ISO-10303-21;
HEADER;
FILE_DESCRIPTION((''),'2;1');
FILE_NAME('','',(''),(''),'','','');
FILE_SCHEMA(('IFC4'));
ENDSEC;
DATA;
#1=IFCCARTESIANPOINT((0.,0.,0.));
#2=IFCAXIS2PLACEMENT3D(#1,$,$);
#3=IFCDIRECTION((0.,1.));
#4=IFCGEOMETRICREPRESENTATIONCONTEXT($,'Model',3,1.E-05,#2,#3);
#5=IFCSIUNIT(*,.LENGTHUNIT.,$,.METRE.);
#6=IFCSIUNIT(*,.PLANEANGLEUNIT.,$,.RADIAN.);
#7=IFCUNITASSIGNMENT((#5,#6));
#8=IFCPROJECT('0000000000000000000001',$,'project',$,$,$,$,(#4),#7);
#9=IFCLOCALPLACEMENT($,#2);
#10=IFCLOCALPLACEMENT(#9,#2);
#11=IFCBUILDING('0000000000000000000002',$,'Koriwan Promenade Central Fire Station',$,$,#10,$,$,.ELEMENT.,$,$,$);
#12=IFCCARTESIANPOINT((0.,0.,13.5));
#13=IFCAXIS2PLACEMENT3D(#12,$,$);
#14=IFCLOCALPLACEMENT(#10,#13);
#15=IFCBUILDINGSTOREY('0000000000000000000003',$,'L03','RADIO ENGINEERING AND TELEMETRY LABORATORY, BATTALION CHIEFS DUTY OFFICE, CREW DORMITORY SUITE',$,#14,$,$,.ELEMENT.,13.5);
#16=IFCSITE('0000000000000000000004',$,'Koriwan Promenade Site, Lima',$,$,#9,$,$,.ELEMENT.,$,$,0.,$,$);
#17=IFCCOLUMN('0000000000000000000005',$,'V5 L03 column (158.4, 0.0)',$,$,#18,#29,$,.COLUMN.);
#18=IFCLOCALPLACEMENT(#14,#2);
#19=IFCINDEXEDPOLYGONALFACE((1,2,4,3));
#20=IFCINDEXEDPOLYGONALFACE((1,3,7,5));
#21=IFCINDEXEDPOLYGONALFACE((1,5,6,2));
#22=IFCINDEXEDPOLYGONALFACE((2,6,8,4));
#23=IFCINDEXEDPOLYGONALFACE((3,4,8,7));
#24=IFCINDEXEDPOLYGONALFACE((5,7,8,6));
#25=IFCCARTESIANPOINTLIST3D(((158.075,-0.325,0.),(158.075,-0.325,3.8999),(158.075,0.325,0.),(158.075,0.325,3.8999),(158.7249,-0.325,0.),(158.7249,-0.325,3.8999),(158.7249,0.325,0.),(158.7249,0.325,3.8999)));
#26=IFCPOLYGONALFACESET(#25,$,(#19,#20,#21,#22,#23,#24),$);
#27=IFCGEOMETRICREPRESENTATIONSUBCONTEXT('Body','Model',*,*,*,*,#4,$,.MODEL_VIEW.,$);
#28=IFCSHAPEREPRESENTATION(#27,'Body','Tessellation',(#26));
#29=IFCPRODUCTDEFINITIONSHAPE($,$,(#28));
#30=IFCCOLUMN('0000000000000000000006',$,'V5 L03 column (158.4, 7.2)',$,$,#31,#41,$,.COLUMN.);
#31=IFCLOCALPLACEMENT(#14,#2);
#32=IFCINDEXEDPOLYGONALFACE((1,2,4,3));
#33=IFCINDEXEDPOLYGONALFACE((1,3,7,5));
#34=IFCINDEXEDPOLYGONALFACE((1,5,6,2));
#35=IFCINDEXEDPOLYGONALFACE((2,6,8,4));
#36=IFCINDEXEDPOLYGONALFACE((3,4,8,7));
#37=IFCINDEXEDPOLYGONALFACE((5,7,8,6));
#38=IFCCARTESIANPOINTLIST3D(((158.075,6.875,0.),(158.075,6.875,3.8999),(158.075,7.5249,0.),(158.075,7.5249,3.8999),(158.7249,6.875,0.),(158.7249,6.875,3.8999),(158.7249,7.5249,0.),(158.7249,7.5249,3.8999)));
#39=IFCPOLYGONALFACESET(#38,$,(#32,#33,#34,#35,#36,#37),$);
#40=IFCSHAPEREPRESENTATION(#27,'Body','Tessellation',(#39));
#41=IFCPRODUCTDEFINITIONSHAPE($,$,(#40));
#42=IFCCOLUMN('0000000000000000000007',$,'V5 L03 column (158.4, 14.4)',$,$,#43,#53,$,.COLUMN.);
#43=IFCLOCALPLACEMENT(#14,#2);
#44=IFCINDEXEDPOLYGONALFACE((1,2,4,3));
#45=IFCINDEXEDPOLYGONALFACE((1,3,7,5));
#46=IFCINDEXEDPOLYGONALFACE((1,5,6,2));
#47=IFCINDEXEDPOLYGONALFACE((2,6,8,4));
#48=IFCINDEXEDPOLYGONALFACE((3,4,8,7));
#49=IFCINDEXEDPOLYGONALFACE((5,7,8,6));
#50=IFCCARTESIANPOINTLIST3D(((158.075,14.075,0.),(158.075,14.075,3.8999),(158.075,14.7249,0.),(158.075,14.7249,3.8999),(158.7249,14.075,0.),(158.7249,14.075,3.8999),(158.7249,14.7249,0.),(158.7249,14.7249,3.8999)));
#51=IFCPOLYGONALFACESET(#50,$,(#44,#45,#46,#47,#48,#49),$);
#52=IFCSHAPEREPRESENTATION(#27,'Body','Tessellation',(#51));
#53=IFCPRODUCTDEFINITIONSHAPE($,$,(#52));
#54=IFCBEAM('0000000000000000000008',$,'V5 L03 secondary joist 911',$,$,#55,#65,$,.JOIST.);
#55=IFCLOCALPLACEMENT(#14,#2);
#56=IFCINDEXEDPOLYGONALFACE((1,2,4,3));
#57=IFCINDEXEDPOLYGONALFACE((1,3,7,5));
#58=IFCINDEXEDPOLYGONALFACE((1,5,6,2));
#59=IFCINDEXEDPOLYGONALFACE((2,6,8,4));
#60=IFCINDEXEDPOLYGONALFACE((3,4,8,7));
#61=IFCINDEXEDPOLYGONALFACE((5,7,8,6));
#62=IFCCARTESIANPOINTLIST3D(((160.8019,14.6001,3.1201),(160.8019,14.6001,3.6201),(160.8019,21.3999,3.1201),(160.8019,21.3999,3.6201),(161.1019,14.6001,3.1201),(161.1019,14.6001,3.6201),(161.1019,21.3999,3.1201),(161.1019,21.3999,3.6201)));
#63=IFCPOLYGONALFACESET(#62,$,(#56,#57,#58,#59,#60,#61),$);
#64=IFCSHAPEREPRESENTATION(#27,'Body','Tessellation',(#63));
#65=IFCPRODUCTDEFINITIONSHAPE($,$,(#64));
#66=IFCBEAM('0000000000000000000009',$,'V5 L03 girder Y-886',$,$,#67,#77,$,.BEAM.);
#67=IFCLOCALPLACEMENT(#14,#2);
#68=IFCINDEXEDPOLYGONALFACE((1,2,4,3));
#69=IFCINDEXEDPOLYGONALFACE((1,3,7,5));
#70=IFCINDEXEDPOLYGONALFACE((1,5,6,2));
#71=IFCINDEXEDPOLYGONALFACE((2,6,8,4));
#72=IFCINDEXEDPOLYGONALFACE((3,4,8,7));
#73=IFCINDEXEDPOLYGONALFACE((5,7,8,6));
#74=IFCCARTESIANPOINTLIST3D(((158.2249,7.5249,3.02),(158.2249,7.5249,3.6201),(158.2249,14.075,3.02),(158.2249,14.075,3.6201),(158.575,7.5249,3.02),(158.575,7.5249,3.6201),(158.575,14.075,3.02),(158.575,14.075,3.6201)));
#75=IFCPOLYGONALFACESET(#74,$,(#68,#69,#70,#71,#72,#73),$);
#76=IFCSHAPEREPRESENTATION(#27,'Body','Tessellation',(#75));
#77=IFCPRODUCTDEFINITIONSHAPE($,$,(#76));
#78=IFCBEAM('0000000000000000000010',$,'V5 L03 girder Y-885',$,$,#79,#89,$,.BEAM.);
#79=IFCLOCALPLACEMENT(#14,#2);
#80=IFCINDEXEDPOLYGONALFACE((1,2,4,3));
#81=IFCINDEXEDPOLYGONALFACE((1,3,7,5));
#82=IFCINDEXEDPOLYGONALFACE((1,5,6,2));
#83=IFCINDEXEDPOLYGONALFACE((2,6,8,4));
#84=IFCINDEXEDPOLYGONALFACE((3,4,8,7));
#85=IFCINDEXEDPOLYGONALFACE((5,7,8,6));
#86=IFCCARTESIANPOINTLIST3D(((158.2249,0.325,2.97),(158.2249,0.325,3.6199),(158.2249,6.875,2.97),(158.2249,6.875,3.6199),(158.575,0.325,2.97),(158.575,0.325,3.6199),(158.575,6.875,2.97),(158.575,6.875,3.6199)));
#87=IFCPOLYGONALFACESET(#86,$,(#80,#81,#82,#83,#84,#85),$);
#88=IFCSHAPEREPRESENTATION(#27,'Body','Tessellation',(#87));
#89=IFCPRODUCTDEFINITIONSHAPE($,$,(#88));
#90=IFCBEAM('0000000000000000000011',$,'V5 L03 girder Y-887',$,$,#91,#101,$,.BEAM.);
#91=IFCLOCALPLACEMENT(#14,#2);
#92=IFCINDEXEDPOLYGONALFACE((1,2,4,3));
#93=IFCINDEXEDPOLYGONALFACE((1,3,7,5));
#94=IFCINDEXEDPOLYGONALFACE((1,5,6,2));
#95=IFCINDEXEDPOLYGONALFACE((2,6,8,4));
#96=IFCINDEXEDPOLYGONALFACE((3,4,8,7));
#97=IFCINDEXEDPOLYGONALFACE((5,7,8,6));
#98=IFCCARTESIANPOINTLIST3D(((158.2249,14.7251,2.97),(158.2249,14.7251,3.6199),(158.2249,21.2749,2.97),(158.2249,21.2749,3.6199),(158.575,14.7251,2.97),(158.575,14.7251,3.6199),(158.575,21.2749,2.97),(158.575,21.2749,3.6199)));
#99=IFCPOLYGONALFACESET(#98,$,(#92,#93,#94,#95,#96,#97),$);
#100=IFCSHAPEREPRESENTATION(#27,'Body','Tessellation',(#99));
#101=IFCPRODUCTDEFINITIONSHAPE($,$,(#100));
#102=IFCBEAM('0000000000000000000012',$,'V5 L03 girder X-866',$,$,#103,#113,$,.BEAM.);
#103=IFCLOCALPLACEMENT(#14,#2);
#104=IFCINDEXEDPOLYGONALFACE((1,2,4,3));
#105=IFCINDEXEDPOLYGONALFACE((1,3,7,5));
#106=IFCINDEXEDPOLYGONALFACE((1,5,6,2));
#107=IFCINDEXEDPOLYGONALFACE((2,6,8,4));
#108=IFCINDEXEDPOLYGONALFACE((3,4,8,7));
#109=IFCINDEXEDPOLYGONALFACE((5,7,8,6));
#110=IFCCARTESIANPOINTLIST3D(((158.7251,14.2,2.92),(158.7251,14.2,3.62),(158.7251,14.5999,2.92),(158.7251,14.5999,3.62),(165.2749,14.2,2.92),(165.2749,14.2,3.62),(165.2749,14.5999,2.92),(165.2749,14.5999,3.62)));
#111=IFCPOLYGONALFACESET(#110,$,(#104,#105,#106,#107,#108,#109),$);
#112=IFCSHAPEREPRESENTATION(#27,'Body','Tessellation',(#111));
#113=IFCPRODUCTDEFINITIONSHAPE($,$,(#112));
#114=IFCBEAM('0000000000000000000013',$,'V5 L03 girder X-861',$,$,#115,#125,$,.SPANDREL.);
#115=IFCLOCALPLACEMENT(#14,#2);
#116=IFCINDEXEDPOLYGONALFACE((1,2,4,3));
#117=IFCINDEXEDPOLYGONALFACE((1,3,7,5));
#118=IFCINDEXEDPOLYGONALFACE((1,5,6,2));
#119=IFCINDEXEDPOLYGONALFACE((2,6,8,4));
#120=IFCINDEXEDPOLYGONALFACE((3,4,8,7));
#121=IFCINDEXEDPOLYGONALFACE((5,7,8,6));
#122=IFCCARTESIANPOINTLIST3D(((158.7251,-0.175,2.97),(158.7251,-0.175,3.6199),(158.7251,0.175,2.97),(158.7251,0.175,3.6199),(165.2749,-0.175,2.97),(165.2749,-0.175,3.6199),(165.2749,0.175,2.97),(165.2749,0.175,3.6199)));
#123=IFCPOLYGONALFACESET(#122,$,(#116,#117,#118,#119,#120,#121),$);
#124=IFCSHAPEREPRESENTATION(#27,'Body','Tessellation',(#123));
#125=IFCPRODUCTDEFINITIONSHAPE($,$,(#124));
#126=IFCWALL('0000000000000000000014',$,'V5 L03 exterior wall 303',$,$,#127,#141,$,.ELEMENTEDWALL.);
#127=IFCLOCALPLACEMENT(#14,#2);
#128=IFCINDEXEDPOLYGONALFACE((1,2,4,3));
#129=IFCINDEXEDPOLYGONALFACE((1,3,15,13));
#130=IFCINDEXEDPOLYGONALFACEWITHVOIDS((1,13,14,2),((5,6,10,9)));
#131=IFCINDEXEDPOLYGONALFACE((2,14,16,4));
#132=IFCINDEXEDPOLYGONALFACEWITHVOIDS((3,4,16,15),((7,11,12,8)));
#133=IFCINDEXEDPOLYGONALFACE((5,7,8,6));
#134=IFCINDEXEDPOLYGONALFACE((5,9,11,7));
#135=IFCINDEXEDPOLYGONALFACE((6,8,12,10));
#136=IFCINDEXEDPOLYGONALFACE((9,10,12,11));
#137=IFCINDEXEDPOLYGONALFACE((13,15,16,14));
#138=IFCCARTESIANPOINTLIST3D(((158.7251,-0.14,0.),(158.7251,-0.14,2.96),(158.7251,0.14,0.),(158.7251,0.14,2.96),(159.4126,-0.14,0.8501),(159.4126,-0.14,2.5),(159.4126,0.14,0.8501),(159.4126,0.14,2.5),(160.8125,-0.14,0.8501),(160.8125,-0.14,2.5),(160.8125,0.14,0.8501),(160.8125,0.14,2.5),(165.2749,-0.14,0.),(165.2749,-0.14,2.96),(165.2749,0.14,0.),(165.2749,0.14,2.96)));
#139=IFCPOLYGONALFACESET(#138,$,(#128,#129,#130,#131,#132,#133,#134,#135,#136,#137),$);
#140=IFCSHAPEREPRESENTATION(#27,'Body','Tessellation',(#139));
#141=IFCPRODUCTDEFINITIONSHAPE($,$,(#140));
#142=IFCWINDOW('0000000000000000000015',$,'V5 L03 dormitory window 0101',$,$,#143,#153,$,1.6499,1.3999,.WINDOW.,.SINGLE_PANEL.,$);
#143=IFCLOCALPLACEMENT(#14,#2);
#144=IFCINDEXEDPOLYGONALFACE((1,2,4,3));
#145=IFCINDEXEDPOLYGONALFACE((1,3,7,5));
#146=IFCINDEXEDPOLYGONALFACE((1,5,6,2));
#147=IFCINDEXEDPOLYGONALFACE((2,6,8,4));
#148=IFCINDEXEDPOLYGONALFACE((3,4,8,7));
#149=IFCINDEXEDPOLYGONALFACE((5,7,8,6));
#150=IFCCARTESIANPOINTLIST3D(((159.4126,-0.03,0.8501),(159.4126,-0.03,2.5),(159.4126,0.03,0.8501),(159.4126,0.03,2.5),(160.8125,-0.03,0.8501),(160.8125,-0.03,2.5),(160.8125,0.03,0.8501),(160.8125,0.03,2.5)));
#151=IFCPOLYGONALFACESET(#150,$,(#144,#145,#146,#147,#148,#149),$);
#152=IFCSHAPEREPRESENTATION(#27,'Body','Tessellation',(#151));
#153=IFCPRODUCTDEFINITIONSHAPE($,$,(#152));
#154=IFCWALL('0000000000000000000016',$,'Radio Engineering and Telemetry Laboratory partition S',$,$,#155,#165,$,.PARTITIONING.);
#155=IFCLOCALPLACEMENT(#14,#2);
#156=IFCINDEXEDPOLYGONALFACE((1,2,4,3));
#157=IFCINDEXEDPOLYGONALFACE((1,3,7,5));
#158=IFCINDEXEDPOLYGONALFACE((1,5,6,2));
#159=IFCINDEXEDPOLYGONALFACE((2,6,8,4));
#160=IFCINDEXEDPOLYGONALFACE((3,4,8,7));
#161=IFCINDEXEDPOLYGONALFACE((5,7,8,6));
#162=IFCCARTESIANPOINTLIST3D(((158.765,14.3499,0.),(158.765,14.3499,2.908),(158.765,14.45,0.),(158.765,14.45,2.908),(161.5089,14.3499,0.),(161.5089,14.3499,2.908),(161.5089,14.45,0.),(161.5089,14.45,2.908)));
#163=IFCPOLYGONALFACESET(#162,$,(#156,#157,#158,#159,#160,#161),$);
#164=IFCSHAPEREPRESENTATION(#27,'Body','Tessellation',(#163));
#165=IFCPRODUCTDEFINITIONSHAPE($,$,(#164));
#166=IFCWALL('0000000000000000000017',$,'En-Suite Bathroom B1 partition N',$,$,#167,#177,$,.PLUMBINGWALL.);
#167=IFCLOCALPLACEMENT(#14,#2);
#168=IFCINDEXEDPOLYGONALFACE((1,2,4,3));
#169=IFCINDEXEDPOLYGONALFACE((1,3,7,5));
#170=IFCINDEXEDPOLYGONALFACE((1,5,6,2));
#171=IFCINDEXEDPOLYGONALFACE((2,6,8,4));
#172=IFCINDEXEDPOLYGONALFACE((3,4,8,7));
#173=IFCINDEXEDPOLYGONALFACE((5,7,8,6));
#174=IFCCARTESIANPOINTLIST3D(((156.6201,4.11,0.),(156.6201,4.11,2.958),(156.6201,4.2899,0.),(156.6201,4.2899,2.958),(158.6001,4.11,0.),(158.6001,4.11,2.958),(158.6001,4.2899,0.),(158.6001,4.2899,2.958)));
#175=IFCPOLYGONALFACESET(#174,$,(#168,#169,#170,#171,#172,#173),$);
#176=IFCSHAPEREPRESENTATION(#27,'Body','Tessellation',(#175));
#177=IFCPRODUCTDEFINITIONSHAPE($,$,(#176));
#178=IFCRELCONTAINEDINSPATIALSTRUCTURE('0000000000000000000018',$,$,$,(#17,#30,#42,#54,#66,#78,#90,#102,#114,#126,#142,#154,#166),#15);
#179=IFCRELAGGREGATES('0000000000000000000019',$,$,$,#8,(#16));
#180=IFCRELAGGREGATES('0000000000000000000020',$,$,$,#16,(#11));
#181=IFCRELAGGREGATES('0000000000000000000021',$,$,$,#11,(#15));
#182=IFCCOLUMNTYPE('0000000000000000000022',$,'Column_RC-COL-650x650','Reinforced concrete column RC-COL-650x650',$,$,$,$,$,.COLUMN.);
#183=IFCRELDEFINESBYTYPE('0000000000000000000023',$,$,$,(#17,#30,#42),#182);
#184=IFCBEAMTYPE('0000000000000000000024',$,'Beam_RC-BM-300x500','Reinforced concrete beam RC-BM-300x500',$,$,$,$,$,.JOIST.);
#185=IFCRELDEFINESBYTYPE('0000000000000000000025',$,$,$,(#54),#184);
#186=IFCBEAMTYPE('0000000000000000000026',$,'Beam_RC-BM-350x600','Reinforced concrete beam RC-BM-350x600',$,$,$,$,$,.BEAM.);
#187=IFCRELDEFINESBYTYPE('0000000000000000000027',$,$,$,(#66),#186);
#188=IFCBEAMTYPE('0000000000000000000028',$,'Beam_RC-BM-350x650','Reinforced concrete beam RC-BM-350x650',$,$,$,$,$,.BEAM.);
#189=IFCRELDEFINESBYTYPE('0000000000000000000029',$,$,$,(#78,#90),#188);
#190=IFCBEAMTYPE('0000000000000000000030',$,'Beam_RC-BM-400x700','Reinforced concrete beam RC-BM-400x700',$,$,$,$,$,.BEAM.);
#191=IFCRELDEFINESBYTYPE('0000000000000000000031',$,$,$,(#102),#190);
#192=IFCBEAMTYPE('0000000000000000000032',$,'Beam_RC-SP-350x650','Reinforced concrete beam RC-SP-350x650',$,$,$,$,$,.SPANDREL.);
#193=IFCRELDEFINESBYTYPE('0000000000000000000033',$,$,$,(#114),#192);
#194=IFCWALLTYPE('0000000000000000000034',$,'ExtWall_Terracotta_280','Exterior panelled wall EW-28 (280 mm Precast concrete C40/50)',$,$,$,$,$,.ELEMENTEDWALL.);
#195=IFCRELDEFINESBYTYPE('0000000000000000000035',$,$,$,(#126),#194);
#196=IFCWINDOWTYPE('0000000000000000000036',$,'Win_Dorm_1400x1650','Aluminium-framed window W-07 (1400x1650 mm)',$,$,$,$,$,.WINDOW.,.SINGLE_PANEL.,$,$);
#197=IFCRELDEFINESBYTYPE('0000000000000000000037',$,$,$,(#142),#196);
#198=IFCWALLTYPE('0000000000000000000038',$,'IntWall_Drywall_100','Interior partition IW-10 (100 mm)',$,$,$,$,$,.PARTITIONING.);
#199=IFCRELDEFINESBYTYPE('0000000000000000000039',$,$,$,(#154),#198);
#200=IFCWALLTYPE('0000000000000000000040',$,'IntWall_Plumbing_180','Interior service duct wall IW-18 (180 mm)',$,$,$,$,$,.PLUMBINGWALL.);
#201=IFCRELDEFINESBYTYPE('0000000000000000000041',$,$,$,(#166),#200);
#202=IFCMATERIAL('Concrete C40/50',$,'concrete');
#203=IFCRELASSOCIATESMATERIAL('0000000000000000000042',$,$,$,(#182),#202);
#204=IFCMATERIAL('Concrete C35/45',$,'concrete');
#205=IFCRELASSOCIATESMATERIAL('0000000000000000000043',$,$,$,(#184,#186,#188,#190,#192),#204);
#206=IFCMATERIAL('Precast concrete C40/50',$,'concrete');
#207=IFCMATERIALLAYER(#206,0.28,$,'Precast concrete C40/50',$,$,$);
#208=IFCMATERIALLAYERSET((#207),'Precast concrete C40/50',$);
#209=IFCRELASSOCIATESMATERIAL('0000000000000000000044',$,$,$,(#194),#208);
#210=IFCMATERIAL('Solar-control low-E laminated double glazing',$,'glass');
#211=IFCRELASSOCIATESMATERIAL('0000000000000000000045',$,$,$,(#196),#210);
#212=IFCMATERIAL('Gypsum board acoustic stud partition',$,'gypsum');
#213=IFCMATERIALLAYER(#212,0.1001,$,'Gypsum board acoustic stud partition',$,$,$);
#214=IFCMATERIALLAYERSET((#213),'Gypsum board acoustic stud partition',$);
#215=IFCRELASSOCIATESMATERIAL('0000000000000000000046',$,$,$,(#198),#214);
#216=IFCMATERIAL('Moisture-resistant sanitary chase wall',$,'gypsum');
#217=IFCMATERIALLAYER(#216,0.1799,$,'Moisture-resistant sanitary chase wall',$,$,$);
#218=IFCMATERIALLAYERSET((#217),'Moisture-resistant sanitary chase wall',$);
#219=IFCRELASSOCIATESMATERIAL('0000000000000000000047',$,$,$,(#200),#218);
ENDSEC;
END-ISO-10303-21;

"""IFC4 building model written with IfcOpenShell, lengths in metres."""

from ifc_helpers import new_model, si_unit, direction, frame, frame_2d, origin, origin_2d, place, context, subcontext, project, spatial, rectangle, extrude, material, layer, layer_set, material_profile, profile_set, type_object, element, fill, save


model = new_model("IFC4")

# Units and contexts
model_context = context("Model", 3, precision=1e-05, world=origin(), true_north=direction((0.0, 1.0)))
body_context = subcontext(model_context, "Body", "Model", "MODEL_VIEW")
ifc_project = project(units=[si_unit("LENGTHUNIT", "METRE"), si_unit("PLANEANGLEUNIT", "RADIAN")], contexts=[model_context])

# Site, building, storey
site_placement = place(None, origin())
site = spatial("IfcSite", under=ifc_project, at=site_placement, Name="Koriwan Promenade Site, Lima", CompositionType="ELEMENT", RefElevation=0.0)
building_placement = place(site_placement, origin())
building = spatial("IfcBuilding", under=site, at=building_placement, Name="Koriwan Promenade Central Fire Station", CompositionType="ELEMENT")
storey_placement = place(building_placement, frame((0.0, 0.0, 13.5)))
storey = spatial("IfcBuildingStorey", under=building, at=storey_placement, Name="L03", Description="RADIO ENGINEERING AND TELEMETRY LABORATORY, BATTALION CHIEFS DUTY OFFICE, CREW DORMITORY SUITE", CompositionType="ELEMENT", Elevation=13.5)

# Columns
ifc_material_1 = material(Name="Concrete C40/50", Category="concrete")
ifc_material_profile_1 = material_profile(ifc_material_1, rectangle(XDim=0.6499, YDim=0.6499, at=origin_2d()), Name="RC-COL-650x650")
ifc_profile_set_1 = profile_set([ifc_material_profile_1], Name="Concrete C40/50")
column_type = type_object("IfcColumnType", Name="Column_RC-COL-650x650", Description="Reinforced concrete column RC-COL-650x650", PredefinedType="COLUMN", material=ifc_profile_set_1)
for number, where, z_axis, x_axis, name in (
    (1, (158.3999, 0.0, 0.0), (0.0, 0.0, 1.0), (1.0, 0.0, 0.0), "V5 L03 column (158.4, 0.0)"),
    (2, (158.3999, 7.2, 0.0), (0.0, 0.0, 1.0), (1.0, 0.0, 0.0), "V5 L03 column (158.4, 7.2)"),
    (3, (158.3999, 14.3999, 0.0), (0.0, 0.0, 1.0), (1.0, 0.0, 0.0), "V5 L03 column (158.4, 14.4)"),
):
    element("IfcColumn", number, at=place(storey_placement, frame(where, z_axis=z_axis, x_axis=x_axis)), inside=storey, type_object=column_type, Name=name, PredefinedType="COLUMN", context=body_context, shape_type="SweptSolid", body=[
        extrude(rectangle(XDim=0.6499, YDim=0.6499, at=origin_2d()), origin(), (0.0, 0.0, 1.0), 3.8999),
    ])

# Beams
ifc_material_2 = material(Name="Concrete C35/45", Category="concrete")
ifc_material_profile_2 = material_profile(ifc_material_2, rectangle(XDim=0.3, YDim=0.5, at=origin_2d()), Name="RC-BM-300x500")
ifc_profile_set_2 = profile_set([ifc_material_profile_2], Name="Concrete C35/45")
beam_type_1 = type_object("IfcBeamType", Name="Beam_RC-BM-300x500", Description="Reinforced concrete beam RC-BM-300x500", PredefinedType="JOIST", material=ifc_profile_set_2)
beam_1_placement = place(storey_placement, frame((160.9519, 14.6001, 3.3701), z_axis=(0.0, 1.0, 0.0), x_axis=(-1.0, 0.0, 0.0)))
element("IfcBeam", 4, at=beam_1_placement, inside=storey, type_object=beam_type_1, Name="V5 L03 secondary joist 911", PredefinedType="JOIST", context=body_context, shape_type="SweptSolid", body=[
    extrude(rectangle(XDim=0.3, YDim=0.5, at=origin_2d()), origin(), (0.0, 0.0, 1.0), 6.7998),
])
ifc_material_profile_3 = material_profile(ifc_material_2, rectangle(XDim=0.3501, YDim=0.6001, at=origin_2d()), Name="RC-BM-350x600")
ifc_profile_set_3 = profile_set([ifc_material_profile_3], Name="Concrete C35/45")
beam_type_2 = type_object("IfcBeamType", Name="Beam_RC-BM-350x600", Description="Reinforced concrete beam RC-BM-350x600", PredefinedType="BEAM", material=ifc_profile_set_3)
beam_2_placement = place(storey_placement, frame((158.3999, 7.5249, 3.3201), z_axis=(0.0, 1.0, 0.0), x_axis=(-1.0, 0.0, 0.0)))
element("IfcBeam", 5, at=beam_2_placement, inside=storey, type_object=beam_type_2, Name="V5 L03 girder Y-886", PredefinedType="BEAM", context=body_context, shape_type="SweptSolid", body=[
    extrude(rectangle(XDim=0.3501, YDim=0.6001, at=origin_2d()), origin(), (0.0, 0.0, 1.0), 6.55),
])
ifc_material_profile_4 = material_profile(ifc_material_2, rectangle(XDim=0.3501, YDim=0.6499, at=origin_2d()), Name="RC-BM-350x650")
ifc_profile_set_4 = profile_set([ifc_material_profile_4], Name="Concrete C35/45")
beam_type_3 = type_object("IfcBeamType", Name="Beam_RC-BM-350x650", Description="Reinforced concrete beam RC-BM-350x650", PredefinedType="BEAM", material=ifc_profile_set_4)
beam_3_placement = place(storey_placement, frame((158.3999, 0.325, 3.2949), z_axis=(0.0, 1.0, 0.0), x_axis=(-1.0, 0.0, 0.0)))
element("IfcBeam", 6, at=beam_3_placement, inside=storey, type_object=beam_type_3, Name="V5 L03 girder Y-885", PredefinedType="BEAM", context=body_context, shape_type="SweptSolid", body=[
    extrude(rectangle(XDim=0.3501, YDim=0.6499, at=origin_2d()), origin(), (0.0, 0.0, 1.0), 6.55),
])
beam_4_placement = place(storey_placement, frame((158.3999, 14.7251, 3.2949), z_axis=(0.0, 1.0, 0.0), x_axis=(-1.0, 0.0, 0.0)))
element("IfcBeam", 7, at=beam_4_placement, inside=storey, type_object=beam_type_3, Name="V5 L03 girder Y-887", PredefinedType="BEAM", context=body_context, shape_type="SweptSolid", body=[
    extrude(rectangle(XDim=0.3501, YDim=0.6499, at=origin_2d()), origin(), (0.0, 0.0, 1.0), 6.5498),
])
ifc_material_profile_5 = material_profile(ifc_material_2, rectangle(XDim=0.3999, YDim=0.7, at=origin_2d()), Name="RC-BM-400x700")
ifc_profile_set_5 = profile_set([ifc_material_profile_5], Name="Concrete C35/45")
beam_type_4 = type_object("IfcBeamType", Name="Beam_RC-BM-400x700", Description="Reinforced concrete beam RC-BM-400x700", PredefinedType="BEAM", material=ifc_profile_set_5)
beam_5_placement = place(storey_placement, frame((158.7251, 14.3999, 3.27), z_axis=(1.0, 0.0, 0.0), x_axis=(0.0, 1.0, 0.0)))
element("IfcBeam", 8, at=beam_5_placement, inside=storey, type_object=beam_type_4, Name="V5 L03 girder X-866", PredefinedType="BEAM", context=body_context, shape_type="SweptSolid", body=[
    extrude(rectangle(XDim=0.3999, YDim=0.7, at=origin_2d()), origin(), (0.0, 0.0, 1.0), 6.5498),
])
ifc_material_profile_6 = material_profile(ifc_material_2, rectangle(XDim=0.3501, YDim=0.6499, at=origin_2d()), Name="RC-SP-350x650")
ifc_profile_set_6 = profile_set([ifc_material_profile_6], Name="Concrete C35/45")
beam_type_5 = type_object("IfcBeamType", Name="Beam_RC-SP-350x650", Description="Reinforced concrete beam RC-SP-350x650", PredefinedType="SPANDREL", material=ifc_profile_set_6)
beam_6_placement = place(storey_placement, frame((158.7251, 0.0, 3.2949), z_axis=(1.0, 0.0, 0.0), x_axis=(0.0, 1.0, 0.0)))
element("IfcBeam", 9, at=beam_6_placement, inside=storey, type_object=beam_type_5, Name="V5 L03 girder X-861", PredefinedType="SPANDREL", context=body_context, shape_type="SweptSolid", body=[
    extrude(rectangle(XDim=0.3501, YDim=0.6499, at=origin_2d()), origin(), (0.0, 0.0, 1.0), 6.5498),
])

# Wall, opening, window
ifc_material_3 = material(Name="Precast concrete C40/50", Category="concrete")
ifc_layer_1 = layer(ifc_material_3, 0.28, Name="Precast concrete C40/50")
ifc_layer_set_1 = layer_set([ifc_layer_1], Name="Precast concrete C40/50")
wall_type_1 = type_object("IfcWallType", Name="ExtWall_Terracotta_280", Description="Exterior panelled wall EW-28 (280 mm Precast concrete C40/50)", PredefinedType="ELEMENTEDWALL", material=ifc_layer_set_1)
wall_1_placement = place(storey_placement, frame((158.7251, 0.0, 0.0), z_axis=(0.0, 0.0, 1.0), x_axis=(1.0, 0.0, 0.0)))
wall_1 = element("IfcWall", 10, at=wall_1_placement, inside=storey, type_object=wall_type_1, Name="V5 L03 exterior wall 303", PredefinedType="ELEMENTEDWALL", context=body_context, shape_type="SweptSolid", body=[
    extrude(rectangle(XDim=6.5498, YDim=0.28, at=frame_2d((3.2749, 0.0))), origin(), (0.0, 0.0, 1.0), 2.96),
])
opening_1_placement = place(wall_1_placement, frame((0.6875, 0.0, 0.8501)))
opening_1 = element("IfcOpeningElement", 11, at=opening_1_placement, cuts=wall_1, PredefinedType="OPENING", context=body_context, shape_type="SweptSolid", body=[
    extrude(rectangle(XDim=1.3999, YDim=1.6499, at=frame_2d((0.7, 0.825))), frame((0.0, 0.1519, 0.0), z_axis=(0.0, -1.0, 0.0), x_axis=(1.0, 0.0, 0.0)), (0.0, 0.0, 1.0), 0.304),
])
ifc_material_4 = material(Name="Solar-control low-E laminated double glazing", Category="glass")
window_type = type_object("IfcWindowType", Name="Win_Dorm_1400x1650", Description="Aluminium-framed window W-07 (1400x1650 mm)", PartitioningType="SINGLE_PANEL", PredefinedType="WINDOW", material=ifc_material_4)
window_placement = place(opening_1_placement, origin())
window = element("IfcWindow", 12, at=window_placement, inside=storey, type_object=window_type, Name="V5 L03 dormitory window 0101", OverallHeight=1.6499, OverallWidth=1.3999, PartitioningType="SINGLE_PANEL", PredefinedType="WINDOW", context=body_context, shape_type="SweptSolid", body=[
    extrude(rectangle(XDim=1.3999, YDim=1.6499, at=frame_2d((0.7, 0.825))), frame((0.0, 0.03, 0.0), z_axis=(0.0, -1.0, 0.0), x_axis=(1.0, 0.0, 0.0)), (0.0, 0.0, 1.0), 0.0601),
])
fill(opening_1, window)

# Walls
ifc_material_5 = material(Name="Gypsum board acoustic stud partition", Category="gypsum")
ifc_layer_2 = layer(ifc_material_5, 0.1001, Name="Gypsum board acoustic stud partition")
ifc_layer_set_2 = layer_set([ifc_layer_2], Name="Gypsum board acoustic stud partition")
wall_type_2 = type_object("IfcWallType", Name="IntWall_Drywall_100", Description="Interior partition IW-10 (100 mm)", PredefinedType="PARTITIONING", material=ifc_layer_set_2)
wall_2_placement = place(storey_placement, frame((158.7649, 14.3999, 0.0), z_axis=(0.0, 0.0, 1.0), x_axis=(1.0, 0.0, 0.0)))
element("IfcWall", 13, at=wall_2_placement, inside=storey, type_object=wall_type_2, Name="Radio Engineering and Telemetry Laboratory partition S", PredefinedType="PARTITIONING", context=body_context, shape_type="SweptSolid", body=[
    extrude(rectangle(XDim=2.7439, YDim=0.1001, at=frame_2d((1.3721, 0.0))), origin(), (0.0, 0.0, 1.0), 2.908),
])
ifc_material_6 = material(Name="Moisture-resistant sanitary chase wall", Category="gypsum")
ifc_layer_3 = layer(ifc_material_6, 0.1799, Name="Moisture-resistant sanitary chase wall")
ifc_layer_set_3 = layer_set([ifc_layer_3], Name="Moisture-resistant sanitary chase wall")
wall_type_3 = type_object("IfcWallType", Name="IntWall_Plumbing_180", Description="Interior service duct wall IW-18 (180 mm)", PredefinedType="PLUMBINGWALL", material=ifc_layer_set_3)
wall_3_placement = place(storey_placement, frame((156.6201, 4.2, 0.0), z_axis=(0.0, 0.0, 1.0), x_axis=(1.0, 0.0, 0.0)))
element("IfcWall", 14, at=wall_3_placement, inside=storey, type_object=wall_type_3, Name="En-Suite Bathroom B1 partition N", PredefinedType="PLUMBINGWALL", context=body_context, shape_type="SweptSolid", body=[
    extrude(rectangle(XDim=1.98, YDim=0.1799, at=frame_2d((0.99, 0.0))), origin(), (0.0, 0.0, 1.0), 2.958),
])

save(model, "model.ifc")
